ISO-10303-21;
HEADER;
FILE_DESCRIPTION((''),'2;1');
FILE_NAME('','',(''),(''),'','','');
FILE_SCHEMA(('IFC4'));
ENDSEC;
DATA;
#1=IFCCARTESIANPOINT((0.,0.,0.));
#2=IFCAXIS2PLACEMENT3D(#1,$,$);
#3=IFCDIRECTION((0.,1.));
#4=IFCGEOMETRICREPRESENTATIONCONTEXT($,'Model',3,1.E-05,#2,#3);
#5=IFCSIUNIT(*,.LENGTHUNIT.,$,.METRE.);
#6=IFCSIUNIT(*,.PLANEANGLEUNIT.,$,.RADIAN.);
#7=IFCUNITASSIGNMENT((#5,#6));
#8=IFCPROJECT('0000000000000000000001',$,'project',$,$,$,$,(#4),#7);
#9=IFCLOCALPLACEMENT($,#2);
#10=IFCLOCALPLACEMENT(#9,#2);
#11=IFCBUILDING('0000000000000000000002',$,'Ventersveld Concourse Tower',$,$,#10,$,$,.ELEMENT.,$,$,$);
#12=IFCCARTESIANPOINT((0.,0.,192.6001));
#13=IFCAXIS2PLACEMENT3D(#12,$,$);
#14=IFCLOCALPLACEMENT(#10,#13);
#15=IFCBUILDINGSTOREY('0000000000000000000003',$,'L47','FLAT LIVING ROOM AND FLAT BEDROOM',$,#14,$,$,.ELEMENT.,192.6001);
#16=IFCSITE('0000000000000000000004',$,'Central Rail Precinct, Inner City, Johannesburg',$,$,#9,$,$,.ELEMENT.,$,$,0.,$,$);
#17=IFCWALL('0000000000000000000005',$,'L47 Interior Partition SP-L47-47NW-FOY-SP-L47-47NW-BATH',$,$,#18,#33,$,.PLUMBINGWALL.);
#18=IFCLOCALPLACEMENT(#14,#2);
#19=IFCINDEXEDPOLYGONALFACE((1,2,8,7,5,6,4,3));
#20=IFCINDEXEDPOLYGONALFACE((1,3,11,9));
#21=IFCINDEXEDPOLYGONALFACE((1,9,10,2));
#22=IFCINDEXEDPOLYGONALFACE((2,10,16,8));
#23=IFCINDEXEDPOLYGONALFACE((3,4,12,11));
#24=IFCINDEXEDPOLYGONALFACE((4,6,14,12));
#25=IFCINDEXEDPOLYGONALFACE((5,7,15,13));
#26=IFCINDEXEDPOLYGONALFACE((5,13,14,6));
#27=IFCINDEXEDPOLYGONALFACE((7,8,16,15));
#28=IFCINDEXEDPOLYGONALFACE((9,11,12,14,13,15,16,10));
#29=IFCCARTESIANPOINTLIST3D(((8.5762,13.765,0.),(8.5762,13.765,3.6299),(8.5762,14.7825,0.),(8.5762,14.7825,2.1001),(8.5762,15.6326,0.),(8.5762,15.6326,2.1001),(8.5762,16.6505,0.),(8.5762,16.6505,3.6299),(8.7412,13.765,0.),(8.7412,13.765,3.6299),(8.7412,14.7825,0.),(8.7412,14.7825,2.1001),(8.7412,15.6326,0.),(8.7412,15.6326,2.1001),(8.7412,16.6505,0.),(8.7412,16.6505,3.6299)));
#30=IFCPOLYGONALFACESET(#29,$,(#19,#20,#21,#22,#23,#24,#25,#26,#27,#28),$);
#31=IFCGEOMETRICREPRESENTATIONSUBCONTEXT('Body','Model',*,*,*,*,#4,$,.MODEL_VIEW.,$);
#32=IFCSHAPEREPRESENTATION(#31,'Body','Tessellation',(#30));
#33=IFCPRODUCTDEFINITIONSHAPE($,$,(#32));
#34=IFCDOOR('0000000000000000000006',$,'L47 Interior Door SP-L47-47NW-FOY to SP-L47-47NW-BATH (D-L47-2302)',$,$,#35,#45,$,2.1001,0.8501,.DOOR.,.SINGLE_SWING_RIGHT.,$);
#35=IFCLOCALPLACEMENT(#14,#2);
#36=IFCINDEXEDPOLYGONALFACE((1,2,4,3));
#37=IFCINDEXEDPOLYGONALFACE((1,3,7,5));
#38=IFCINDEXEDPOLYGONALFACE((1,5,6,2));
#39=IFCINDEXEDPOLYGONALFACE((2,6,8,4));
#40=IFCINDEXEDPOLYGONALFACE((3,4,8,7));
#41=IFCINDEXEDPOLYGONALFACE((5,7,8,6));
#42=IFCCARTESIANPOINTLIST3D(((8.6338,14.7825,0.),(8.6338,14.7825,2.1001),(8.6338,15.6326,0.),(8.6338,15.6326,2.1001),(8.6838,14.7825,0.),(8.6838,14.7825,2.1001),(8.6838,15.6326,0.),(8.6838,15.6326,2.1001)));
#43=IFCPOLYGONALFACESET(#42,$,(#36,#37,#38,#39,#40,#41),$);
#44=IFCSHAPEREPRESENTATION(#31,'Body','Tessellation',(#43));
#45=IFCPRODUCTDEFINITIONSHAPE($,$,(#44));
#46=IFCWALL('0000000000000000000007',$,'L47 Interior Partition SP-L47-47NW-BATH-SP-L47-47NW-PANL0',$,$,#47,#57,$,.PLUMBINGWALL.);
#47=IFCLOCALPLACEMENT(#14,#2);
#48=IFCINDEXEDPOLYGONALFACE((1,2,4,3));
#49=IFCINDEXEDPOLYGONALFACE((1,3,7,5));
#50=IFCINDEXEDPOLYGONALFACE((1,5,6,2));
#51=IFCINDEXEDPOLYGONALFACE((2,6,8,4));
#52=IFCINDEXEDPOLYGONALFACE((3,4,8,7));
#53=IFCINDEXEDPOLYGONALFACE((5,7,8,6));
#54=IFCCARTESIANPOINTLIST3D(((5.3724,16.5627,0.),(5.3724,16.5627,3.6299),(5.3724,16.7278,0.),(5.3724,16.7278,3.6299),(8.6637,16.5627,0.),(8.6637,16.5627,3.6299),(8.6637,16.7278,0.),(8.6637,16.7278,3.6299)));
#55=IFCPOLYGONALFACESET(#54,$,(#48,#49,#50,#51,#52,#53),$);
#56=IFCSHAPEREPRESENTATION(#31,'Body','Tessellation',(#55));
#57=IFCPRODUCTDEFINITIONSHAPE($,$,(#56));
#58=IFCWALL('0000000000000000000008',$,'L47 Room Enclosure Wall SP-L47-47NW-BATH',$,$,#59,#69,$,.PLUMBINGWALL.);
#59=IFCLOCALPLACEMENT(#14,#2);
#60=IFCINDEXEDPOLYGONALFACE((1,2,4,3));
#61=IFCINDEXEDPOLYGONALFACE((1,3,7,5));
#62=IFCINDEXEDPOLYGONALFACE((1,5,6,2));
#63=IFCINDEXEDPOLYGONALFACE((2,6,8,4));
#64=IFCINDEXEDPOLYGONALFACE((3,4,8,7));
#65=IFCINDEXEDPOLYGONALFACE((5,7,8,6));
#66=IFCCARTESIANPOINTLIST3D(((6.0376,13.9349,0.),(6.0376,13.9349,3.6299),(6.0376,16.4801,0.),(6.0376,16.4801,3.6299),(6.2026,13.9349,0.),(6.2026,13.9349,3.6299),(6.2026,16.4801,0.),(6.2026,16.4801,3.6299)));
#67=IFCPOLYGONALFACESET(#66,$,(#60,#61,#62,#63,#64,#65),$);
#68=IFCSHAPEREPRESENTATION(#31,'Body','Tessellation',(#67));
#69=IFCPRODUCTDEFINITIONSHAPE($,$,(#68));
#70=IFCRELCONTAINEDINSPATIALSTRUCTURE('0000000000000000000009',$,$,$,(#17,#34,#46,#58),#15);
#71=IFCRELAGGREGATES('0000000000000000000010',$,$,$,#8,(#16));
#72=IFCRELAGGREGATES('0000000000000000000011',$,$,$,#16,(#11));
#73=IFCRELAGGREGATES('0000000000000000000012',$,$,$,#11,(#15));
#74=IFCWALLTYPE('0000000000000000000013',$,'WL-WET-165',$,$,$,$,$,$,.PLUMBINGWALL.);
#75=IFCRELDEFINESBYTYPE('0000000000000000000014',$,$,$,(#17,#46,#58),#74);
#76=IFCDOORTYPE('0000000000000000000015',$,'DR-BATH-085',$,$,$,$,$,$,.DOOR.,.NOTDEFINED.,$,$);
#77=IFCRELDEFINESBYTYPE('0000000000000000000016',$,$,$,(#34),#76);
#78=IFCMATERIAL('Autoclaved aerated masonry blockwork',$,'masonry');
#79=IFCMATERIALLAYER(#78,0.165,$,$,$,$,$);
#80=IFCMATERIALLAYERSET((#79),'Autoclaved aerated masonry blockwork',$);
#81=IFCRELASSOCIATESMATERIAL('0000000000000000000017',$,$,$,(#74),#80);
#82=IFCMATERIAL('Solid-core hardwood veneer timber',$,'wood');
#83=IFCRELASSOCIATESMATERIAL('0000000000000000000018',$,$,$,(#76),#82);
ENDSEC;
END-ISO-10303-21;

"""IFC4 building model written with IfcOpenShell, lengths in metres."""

from ifc_helpers import new_model, si_unit, direction, frame, frame_2d, origin, place, context, subcontext, project, spatial, rectangle, extrude, material, layer, layer_set, type_object, element, fill, save


model = new_model("IFC4")

# Units and contexts
model_context = context("Model", 3, precision=1e-05, world=origin(), true_north=direction((0.0, 1.0)))
body_context = subcontext(model_context, "Body", "Model", "MODEL_VIEW")
ifc_project = project(units=[si_unit("LENGTHUNIT", "METRE"), si_unit("PLANEANGLEUNIT", "RADIAN")], contexts=[model_context])

# Site, building, storey
site_placement = place(None, origin())
site = spatial("IfcSite", under=ifc_project, at=site_placement, Name="Central Rail Precinct, Inner City, Johannesburg", CompositionType="ELEMENT", RefElevation=0.0)
building_placement = place(site_placement, origin())
building = spatial("IfcBuilding", under=site, at=building_placement, Name="Ventersveld Concourse Tower", CompositionType="ELEMENT")
storey_placement = place(building_placement, frame((0.0, 0.0, 192.6001)))
storey = spatial("IfcBuildingStorey", under=building, at=storey_placement, Name="L47", Description="FLAT LIVING ROOM AND FLAT BEDROOM", CompositionType="ELEMENT", Elevation=192.6001)

# Shared definitions
ifc_material_1 = material(Name="Solid-core hardwood veneer timber", Category="wood")

# Shared definitions
ifc_material_2 = material(Name="Autoclaved aerated masonry blockwork", Category="masonry")

# Wall, opening, door
ifc_layer_1 = layer(ifc_material_2, 0.165)
ifc_layer_set_1 = layer_set([ifc_layer_1], Name="Autoclaved aerated masonry blockwork")
wall_type_1 = type_object("IfcWallType", Name="WL-WET-165", PredefinedType="PLUMBINGWALL", material=ifc_layer_set_1)
wall_1_placement = place(storey_placement, frame((8.6587, 13.7649, 0.0), z_axis=(0.0, 0.0, 1.0), x_axis=(0.0, 1.0, 0.0)))
wall_1 = element("IfcWall", 1, at=wall_1_placement, inside=storey, type_object=wall_type_1, Name="L47 Interior Partition SP-L47-47NW-FOY-SP-L47-47NW-BATH", PredefinedType="PLUMBINGWALL", context=body_context, shape_type="SweptSolid", body=[
    extrude(rectangle(XDim=2.8855, YDim=0.165, at=frame_2d((1.4429, 0.0))), origin(), (0.0, 0.0, 1.0), 3.6299),
])
opening_1_placement = place(wall_1_placement, frame((1.0176, 0.0, 0.0)))
opening_1 = element("IfcOpeningElement", 2, at=opening_1_placement, cuts=wall_1, PredefinedType="OPENING", context=body_context, shape_type="SweptSolid", body=[
    extrude(rectangle(XDim=0.8501, YDim=2.1001, at=frame_2d((0.425, 1.05))), frame((0.0, 0.0925, 0.0), z_axis=(0.0, -1.0, 0.0), x_axis=(1.0, 0.0, 0.0)), (0.0, 0.0, 1.0), 0.1851),
])
door_type_1 = type_object("IfcDoorType", Name="DR-BATH-085", OperationType="NOTDEFINED", PredefinedType="DOOR", material=ifc_material_1)
door_1_placement = place(opening_1_placement, origin())
door_1 = element("IfcDoor", 3, at=door_1_placement, inside=storey, type_object=door_type_1, Name="L47 Interior Door SP-L47-47NW-FOY to SP-L47-47NW-BATH (D-L47-2302)", OperationType="SINGLE_SWING_RIGHT", OverallHeight=2.1001, OverallWidth=0.8501, PredefinedType="DOOR", context=body_context, shape_type="SweptSolid", body=[
    extrude(rectangle(XDim=0.8501, YDim=2.1001, at=frame_2d((0.425, 1.05))), frame((0.0, 0.0249, 0.0), z_axis=(0.0, -1.0, 0.0), x_axis=(1.0, 0.0, 0.0)), (0.0, 0.0, 1.0), 0.05),
])
fill(opening_1, door_1)

# Walls
wall_2_placement = place(storey_placement, frame((5.3726, 16.6453, 0.0), z_axis=(0.0, 0.0, 1.0), x_axis=(1.0, 0.0, 0.0)))
element("IfcWall", 4, at=wall_2_placement, inside=storey, type_object=wall_type_1, Name="L47 Interior Partition SP-L47-47NW-BATH-SP-L47-47NW-PANL0", PredefinedType="PLUMBINGWALL", context=body_context, shape_type="SweptSolid", body=[
    extrude(rectangle(XDim=3.2913, YDim=0.165, at=frame_2d((1.6455, 0.0))), origin(), (0.0, 0.0, 1.0), 3.6299),
])
wall_3_placement = place(storey_placement, frame((6.1201, 13.9351, 0.0), z_axis=(0.0, 0.0, 1.0), x_axis=(0.0, 1.0, 0.0)))
element("IfcWall", 5, at=wall_3_placement, inside=storey, type_object=wall_type_1, Name="L47 Room Enclosure Wall SP-L47-47NW-BATH", PredefinedType="PLUMBINGWALL", context=body_context, shape_type="SweptSolid", body=[
    extrude(rectangle(XDim=2.5452, YDim=0.165, at=frame_2d((1.2725, 0.0))), origin(), (0.0, 0.0, 1.0), 3.6299),
])

save(model, "model.ifc")
